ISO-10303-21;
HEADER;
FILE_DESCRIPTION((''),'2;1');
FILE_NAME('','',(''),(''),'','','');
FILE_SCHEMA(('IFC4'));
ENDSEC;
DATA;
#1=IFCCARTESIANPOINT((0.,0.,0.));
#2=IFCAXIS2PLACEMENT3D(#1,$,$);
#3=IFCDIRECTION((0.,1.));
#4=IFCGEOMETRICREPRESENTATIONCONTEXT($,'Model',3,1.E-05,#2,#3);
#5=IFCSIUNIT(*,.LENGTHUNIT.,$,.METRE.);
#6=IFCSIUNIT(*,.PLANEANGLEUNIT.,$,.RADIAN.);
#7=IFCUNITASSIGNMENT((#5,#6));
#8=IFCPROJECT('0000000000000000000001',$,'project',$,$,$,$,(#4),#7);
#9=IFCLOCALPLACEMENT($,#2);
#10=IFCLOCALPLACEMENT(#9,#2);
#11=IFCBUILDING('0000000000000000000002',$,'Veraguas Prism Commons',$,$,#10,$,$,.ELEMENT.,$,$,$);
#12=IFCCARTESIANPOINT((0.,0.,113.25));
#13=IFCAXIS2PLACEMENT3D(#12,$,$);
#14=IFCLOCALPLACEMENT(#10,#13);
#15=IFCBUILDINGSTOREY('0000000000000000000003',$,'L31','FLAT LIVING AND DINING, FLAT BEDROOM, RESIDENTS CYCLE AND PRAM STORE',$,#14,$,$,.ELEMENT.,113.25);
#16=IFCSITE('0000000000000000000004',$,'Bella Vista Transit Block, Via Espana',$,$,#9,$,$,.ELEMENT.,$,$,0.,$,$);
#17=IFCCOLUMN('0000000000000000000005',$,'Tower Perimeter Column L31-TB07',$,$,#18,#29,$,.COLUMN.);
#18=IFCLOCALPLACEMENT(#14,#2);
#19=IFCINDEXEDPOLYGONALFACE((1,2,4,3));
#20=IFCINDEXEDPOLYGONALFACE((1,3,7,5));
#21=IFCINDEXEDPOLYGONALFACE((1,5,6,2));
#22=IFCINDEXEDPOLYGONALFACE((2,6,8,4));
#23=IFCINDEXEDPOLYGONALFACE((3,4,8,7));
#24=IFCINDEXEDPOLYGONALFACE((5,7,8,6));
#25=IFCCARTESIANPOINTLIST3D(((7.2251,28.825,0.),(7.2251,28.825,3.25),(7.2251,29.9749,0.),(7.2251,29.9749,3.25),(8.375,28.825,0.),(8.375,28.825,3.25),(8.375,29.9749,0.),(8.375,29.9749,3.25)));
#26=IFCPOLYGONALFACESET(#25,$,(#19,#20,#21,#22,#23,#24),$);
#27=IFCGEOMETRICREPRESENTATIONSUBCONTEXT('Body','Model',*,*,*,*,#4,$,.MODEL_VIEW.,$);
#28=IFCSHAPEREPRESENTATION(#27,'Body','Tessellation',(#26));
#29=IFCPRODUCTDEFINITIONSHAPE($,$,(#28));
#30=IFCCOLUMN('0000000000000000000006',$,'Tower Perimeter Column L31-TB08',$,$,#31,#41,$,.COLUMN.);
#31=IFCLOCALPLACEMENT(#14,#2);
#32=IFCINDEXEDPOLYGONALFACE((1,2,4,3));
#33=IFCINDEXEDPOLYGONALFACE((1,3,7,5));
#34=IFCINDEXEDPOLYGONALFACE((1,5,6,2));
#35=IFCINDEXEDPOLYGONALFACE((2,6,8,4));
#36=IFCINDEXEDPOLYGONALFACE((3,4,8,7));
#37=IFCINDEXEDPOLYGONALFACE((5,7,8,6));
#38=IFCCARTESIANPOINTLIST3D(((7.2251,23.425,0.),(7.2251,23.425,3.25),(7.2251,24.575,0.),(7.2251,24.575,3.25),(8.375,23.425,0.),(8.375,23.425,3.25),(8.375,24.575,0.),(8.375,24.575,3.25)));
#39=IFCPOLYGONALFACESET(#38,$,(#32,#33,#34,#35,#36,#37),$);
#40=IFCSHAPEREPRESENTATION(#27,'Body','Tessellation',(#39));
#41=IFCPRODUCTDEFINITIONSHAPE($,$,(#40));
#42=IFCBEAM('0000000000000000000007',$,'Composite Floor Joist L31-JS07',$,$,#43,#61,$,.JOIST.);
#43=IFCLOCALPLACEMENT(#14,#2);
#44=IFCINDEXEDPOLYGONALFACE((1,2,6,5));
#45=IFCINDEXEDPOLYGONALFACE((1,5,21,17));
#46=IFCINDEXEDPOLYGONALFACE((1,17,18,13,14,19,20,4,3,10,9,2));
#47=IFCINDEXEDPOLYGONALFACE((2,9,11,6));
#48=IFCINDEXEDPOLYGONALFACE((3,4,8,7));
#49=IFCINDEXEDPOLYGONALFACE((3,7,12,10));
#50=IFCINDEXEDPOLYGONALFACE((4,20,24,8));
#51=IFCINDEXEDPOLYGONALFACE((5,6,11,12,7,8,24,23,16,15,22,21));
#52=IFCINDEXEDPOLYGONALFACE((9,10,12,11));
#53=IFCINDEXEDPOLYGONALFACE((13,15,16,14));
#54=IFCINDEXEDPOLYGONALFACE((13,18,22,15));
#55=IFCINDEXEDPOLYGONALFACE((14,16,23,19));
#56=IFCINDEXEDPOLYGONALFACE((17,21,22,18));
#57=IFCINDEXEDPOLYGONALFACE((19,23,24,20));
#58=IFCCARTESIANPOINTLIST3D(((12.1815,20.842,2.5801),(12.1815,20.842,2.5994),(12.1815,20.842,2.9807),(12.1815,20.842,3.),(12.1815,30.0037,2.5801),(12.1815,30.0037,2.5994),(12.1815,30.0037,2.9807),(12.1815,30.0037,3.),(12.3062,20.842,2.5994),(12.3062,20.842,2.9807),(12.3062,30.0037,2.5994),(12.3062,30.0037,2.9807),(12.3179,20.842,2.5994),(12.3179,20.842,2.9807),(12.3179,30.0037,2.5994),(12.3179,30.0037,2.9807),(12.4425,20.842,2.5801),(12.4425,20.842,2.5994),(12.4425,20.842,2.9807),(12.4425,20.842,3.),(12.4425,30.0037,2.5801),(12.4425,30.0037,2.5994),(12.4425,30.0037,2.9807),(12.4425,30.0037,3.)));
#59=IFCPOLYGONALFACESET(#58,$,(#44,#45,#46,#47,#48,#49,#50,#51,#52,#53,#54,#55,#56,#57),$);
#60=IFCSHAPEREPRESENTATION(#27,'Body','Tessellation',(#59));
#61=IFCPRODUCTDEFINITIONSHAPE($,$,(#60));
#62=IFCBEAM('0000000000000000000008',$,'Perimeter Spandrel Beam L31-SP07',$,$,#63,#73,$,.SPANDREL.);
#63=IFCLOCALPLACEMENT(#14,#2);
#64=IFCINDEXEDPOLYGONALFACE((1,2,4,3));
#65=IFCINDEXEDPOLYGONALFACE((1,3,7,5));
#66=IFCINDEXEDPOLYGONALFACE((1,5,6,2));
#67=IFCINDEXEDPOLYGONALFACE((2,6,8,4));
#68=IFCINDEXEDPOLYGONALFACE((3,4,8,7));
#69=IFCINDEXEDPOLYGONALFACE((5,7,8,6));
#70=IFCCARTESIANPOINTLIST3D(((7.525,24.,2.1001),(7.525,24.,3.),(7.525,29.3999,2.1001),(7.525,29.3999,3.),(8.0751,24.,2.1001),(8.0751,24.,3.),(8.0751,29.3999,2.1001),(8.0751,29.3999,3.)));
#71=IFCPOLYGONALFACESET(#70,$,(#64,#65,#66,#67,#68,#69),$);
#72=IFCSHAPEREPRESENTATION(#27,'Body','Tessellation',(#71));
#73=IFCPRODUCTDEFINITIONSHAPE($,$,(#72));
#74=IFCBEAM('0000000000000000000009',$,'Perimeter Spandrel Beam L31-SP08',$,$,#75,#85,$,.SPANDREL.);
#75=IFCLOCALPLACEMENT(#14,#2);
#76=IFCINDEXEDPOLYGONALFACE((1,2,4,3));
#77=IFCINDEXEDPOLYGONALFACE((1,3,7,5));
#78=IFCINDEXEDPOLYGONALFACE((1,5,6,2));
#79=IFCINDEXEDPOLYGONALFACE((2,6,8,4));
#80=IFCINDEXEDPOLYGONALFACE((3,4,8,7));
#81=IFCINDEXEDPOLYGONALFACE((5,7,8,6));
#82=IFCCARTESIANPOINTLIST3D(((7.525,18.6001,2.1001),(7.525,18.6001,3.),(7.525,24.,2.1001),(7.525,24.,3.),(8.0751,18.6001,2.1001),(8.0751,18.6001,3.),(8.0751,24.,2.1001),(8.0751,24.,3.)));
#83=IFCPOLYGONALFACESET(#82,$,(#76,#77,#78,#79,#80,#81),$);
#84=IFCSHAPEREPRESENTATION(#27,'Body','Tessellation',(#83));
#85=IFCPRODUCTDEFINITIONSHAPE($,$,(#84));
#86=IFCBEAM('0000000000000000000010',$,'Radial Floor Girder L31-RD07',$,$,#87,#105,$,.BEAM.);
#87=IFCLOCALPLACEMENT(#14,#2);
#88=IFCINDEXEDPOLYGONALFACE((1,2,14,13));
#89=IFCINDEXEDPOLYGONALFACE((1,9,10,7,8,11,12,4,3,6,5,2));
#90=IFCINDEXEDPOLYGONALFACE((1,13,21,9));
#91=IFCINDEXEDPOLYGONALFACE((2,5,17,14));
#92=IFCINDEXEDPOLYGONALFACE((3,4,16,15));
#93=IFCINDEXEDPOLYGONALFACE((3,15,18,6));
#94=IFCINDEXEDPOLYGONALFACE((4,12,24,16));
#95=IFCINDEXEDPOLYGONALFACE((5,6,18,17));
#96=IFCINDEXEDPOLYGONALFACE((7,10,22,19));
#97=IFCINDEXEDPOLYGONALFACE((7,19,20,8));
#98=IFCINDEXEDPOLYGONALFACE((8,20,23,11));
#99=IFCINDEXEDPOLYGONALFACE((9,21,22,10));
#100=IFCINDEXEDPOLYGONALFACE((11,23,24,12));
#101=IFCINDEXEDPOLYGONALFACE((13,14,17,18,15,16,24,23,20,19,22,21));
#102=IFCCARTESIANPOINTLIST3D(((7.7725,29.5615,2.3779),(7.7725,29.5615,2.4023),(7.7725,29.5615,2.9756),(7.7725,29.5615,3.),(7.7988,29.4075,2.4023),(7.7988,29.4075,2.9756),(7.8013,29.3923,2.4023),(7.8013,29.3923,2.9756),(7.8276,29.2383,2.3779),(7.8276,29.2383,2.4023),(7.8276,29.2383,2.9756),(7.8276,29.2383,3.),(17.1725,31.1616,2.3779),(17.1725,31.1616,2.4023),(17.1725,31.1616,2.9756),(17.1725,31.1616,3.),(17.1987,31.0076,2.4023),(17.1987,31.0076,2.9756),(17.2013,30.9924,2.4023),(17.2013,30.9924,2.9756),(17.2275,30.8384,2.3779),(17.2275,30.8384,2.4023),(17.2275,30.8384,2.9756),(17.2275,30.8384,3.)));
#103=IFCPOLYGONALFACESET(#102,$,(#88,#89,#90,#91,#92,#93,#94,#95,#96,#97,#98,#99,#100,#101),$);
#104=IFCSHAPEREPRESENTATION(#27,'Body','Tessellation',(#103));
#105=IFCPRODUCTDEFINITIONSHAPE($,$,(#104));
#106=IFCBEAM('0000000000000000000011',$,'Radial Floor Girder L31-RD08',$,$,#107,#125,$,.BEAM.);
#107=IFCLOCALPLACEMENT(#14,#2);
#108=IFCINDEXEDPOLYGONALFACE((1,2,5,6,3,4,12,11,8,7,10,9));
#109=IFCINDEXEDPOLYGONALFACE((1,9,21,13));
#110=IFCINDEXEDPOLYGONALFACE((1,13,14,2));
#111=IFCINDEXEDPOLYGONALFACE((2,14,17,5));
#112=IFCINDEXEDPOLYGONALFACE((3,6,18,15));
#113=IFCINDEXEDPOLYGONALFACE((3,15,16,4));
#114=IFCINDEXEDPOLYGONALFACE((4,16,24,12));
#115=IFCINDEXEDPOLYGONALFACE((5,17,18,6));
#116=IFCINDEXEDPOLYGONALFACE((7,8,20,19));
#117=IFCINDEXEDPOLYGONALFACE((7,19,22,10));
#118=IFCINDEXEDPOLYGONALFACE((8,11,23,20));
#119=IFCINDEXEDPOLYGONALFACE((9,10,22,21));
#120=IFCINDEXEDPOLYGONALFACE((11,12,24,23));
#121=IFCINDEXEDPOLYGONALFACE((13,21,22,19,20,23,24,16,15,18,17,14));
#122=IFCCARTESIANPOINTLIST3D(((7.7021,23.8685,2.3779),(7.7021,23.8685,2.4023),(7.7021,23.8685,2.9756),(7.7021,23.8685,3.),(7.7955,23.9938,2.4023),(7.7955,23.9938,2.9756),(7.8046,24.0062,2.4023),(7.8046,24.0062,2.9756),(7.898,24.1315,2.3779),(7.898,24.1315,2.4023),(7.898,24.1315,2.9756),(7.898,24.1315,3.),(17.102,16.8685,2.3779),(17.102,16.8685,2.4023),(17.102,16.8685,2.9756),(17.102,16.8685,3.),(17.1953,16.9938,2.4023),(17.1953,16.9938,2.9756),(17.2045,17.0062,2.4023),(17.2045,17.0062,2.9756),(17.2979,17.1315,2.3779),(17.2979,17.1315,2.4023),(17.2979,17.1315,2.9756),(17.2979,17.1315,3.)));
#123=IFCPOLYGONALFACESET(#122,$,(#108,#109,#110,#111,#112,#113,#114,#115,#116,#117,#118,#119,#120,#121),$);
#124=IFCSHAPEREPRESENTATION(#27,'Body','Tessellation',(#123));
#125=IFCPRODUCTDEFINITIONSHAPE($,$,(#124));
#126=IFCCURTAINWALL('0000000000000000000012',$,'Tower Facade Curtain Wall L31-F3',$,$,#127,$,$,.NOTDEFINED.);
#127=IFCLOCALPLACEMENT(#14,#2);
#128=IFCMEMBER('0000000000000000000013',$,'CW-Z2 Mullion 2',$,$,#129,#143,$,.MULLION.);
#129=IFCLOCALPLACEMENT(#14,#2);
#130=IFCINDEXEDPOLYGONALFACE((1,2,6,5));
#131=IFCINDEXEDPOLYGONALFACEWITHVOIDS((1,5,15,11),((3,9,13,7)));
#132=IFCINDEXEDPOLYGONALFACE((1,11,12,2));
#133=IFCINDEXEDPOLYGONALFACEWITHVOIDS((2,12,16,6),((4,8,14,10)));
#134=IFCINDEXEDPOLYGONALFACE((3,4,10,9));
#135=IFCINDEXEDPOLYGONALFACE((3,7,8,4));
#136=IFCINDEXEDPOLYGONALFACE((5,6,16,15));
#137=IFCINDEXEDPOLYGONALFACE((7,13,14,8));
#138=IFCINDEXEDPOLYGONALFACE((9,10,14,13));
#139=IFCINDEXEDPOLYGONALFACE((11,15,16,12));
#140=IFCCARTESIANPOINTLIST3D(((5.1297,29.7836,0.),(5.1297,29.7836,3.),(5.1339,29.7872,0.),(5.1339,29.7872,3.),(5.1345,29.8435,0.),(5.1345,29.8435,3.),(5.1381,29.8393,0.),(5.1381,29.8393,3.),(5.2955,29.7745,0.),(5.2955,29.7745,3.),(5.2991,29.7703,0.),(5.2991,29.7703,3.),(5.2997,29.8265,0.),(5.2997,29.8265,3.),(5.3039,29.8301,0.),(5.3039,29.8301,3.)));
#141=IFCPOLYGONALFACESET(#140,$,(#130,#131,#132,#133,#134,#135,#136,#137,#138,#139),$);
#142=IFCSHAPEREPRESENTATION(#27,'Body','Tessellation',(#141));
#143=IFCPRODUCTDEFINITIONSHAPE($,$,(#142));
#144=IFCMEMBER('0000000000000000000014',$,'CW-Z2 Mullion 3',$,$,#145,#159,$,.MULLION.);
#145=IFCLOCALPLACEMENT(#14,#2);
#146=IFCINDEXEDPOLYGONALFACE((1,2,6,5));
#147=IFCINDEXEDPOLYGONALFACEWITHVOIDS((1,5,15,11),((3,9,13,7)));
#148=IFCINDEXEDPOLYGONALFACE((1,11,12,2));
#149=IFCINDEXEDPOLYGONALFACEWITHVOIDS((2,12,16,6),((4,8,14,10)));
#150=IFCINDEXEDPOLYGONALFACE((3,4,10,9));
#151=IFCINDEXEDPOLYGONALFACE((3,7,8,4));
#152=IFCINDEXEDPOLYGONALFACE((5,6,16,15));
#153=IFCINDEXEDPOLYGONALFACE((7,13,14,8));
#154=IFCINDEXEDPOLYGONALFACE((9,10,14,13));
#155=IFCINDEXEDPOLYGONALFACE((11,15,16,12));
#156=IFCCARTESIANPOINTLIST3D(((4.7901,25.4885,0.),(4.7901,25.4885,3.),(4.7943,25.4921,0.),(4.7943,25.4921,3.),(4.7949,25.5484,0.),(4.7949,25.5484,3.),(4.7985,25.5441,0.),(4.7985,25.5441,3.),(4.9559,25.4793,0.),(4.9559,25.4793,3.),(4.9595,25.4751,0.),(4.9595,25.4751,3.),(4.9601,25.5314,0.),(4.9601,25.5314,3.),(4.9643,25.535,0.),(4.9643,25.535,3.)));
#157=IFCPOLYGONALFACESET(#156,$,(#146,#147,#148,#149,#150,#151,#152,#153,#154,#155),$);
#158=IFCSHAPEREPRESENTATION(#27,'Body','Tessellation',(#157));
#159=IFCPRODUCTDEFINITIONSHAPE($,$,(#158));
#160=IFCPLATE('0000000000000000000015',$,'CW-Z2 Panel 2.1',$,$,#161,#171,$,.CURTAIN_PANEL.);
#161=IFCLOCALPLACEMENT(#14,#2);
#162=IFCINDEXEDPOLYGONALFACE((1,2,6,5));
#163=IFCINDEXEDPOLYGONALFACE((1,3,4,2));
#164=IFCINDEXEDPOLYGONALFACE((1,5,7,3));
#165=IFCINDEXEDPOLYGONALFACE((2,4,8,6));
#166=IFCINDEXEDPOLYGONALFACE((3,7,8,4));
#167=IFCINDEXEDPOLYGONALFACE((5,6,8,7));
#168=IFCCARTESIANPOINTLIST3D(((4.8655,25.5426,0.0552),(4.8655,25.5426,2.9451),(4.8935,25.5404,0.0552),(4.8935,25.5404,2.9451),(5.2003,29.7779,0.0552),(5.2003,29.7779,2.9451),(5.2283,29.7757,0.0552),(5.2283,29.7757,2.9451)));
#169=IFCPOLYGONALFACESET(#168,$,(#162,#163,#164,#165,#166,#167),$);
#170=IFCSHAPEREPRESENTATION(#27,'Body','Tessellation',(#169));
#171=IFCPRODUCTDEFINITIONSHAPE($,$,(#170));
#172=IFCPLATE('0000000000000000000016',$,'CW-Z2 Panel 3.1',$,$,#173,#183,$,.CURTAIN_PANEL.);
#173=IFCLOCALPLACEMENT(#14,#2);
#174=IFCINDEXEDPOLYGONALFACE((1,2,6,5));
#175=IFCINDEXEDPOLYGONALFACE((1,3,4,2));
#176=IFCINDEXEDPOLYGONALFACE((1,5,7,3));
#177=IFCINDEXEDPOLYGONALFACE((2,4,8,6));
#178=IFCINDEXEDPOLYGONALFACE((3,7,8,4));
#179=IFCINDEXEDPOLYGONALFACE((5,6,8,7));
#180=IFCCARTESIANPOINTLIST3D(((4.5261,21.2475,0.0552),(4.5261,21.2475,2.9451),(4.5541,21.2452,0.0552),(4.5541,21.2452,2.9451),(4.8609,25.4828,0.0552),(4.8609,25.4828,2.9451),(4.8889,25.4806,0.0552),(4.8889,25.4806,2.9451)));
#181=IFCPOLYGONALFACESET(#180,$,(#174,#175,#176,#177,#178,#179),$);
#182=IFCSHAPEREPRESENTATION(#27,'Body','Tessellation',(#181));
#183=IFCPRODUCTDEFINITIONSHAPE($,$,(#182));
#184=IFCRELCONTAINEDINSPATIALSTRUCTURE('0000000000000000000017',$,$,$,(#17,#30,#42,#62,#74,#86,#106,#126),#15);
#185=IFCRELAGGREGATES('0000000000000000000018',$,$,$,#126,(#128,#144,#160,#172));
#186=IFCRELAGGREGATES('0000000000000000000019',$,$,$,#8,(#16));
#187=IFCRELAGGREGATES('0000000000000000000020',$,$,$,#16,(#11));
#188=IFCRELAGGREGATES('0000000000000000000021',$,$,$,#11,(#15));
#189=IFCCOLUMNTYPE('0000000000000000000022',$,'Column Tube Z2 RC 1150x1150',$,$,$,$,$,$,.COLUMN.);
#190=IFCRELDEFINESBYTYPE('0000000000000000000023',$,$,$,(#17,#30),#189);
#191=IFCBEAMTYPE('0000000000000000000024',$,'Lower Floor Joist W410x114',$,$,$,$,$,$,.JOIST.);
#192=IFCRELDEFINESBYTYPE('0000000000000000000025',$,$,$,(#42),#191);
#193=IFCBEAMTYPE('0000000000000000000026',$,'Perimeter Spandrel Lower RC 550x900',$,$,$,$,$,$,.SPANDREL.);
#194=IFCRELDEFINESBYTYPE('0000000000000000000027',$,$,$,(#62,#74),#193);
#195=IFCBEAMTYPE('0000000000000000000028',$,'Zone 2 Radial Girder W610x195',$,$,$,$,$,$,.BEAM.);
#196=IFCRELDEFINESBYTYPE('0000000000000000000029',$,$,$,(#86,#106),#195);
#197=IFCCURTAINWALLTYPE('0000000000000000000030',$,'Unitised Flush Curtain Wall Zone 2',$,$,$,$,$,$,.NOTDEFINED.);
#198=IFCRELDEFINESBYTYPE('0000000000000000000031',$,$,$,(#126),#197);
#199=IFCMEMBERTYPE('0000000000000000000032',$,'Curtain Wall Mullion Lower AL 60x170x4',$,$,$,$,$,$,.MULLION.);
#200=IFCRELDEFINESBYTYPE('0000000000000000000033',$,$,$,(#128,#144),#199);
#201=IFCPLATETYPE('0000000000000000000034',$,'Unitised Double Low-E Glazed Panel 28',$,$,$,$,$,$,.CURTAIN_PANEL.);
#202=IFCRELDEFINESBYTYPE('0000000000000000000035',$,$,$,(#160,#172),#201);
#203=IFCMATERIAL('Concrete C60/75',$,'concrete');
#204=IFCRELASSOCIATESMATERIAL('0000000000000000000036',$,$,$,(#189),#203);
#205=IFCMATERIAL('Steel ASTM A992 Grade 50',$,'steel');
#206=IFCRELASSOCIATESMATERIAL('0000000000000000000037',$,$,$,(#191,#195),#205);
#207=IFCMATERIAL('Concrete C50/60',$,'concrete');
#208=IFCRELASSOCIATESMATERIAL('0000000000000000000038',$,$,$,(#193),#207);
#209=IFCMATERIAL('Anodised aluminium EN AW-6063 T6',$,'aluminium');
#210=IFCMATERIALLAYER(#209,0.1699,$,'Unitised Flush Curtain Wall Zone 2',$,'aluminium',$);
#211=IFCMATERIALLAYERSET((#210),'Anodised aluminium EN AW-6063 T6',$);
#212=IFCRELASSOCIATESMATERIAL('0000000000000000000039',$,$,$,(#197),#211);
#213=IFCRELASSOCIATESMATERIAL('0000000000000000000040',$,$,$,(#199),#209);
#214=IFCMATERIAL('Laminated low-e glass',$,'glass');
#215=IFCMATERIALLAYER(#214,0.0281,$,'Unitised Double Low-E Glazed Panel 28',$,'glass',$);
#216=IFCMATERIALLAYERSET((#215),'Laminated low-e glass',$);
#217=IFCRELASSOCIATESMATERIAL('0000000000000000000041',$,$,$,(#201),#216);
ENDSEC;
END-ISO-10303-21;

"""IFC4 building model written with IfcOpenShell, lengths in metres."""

from ifc_helpers import new_model, si_unit, direction, frame, origin, origin_2d, place, context, subcontext, project, spatial, rectangle, hollow_rectangle, i_section, extrude, source, transform, mapped, material, layer, layer_set, material_profile, profile_set, type_object, element, aggregate, save


model = new_model("IFC4")

# Units and contexts
model_context = context("Model", 3, precision=1e-05, world=origin(), true_north=direction((0.0, 1.0)))
body_context = subcontext(model_context, "Body", "Model", "MODEL_VIEW")
ifc_project = project(units=[si_unit("LENGTHUNIT", "METRE"), si_unit("PLANEANGLEUNIT", "RADIAN")], contexts=[model_context])

# Site, building, storey
site_placement = place(None, origin())
site = spatial("IfcSite", under=ifc_project, at=site_placement, Name="Bella Vista Transit Block, Via Espana", CompositionType="ELEMENT", RefElevation=0.0)
building_placement = place(site_placement, origin())
building = spatial("IfcBuilding", under=site, at=building_placement, Name="Veraguas Prism Commons", CompositionType="ELEMENT")
storey_placement = place(building_placement, frame((0.0, 0.0, 113.25)))
storey = spatial("IfcBuildingStorey", under=building, at=storey_placement, Name="L31", Description="FLAT LIVING AND DINING, FLAT BEDROOM, RESIDENTS CYCLE AND PRAM STORE", CompositionType="ELEMENT", Elevation=113.25)

# Columns
ifc_material_1 = material(Name="Concrete C60/75", Category="concrete")
ifc_material_profile_1 = material_profile(ifc_material_1, rectangle(XDim=1.1499, YDim=1.1499, at=origin_2d()), Name="RC1150X1150")
ifc_profile_set_1 = profile_set([ifc_material_profile_1], Name="Concrete C60/75")
column_type = type_object("IfcColumnType", Name="Column Tube Z2 RC 1150x1150", PredefinedType="COLUMN", material=ifc_profile_set_1)
for number, where, z_axis, x_axis, name in (
    (1, (7.8, 29.3999, 0.0), (0.0, 0.0, 1.0), (1.0, 0.0, 0.0), "Tower Perimeter Column L31-TB07"),
    (2, (7.8, 24.0, 0.0), (0.0, 0.0, 1.0), (1.0, 0.0, 0.0), "Tower Perimeter Column L31-TB08"),
):
    element("IfcColumn", number, at=place(storey_placement, frame(where, z_axis=z_axis, x_axis=x_axis)), inside=storey, type_object=column_type, Name=name, PredefinedType="COLUMN", context=body_context, shape_type="SweptSolid", body=[
        extrude(rectangle(XDim=1.1499, YDim=1.1499, at=origin_2d()), origin(), (0.0, 0.0, 1.0), 3.25),
    ])

# Beams
ifc_material_2 = material(Name="Steel ASTM A992 Grade 50", Category="steel")
ifc_material_profile_2 = material_profile(ifc_material_2, i_section(OverallWidth=0.261, OverallDepth=0.4199, WebThickness=0.0117, FlangeThickness=0.0193, at=origin_2d()), Name="W410X114")
ifc_profile_set_2 = profile_set([ifc_material_profile_2], Name="Steel ASTM A992 Grade 50")
beam_type_1 = type_object("IfcBeamType", Name="Lower Floor Joist W410x114", PredefinedType="JOIST", material=ifc_profile_set_2)
beam_1_placement = place(storey_placement, frame((12.312, 30.0037, 2.79), z_axis=(0.0, -1.0, 0.0), x_axis=(1.0, 0.0, 0.0)))
element("IfcBeam", 3, at=beam_1_placement, inside=storey, type_object=beam_type_1, Name="Composite Floor Joist L31-JS07", PredefinedType="JOIST", context=body_context, shape_type="SweptSolid", body=[
    extrude(i_section(OverallWidth=0.261, OverallDepth=0.4199, WebThickness=0.0117, FlangeThickness=0.0193, at=origin_2d()), origin(), (0.0, 0.0, 1.0), 9.1616),
])
ifc_material_3 = material(Name="Concrete C50/60", Category="concrete")
ifc_material_profile_3 = material_profile(ifc_material_3, rectangle(XDim=0.55, YDim=0.8999, at=origin_2d()), Name="RC550X900")
ifc_profile_set_3 = profile_set([ifc_material_profile_3], Name="Concrete C50/60")
beam_type_2 = type_object("IfcBeamType", Name="Perimeter Spandrel Lower RC 550x900", PredefinedType="SPANDREL", material=ifc_profile_set_3)
for number, where, z_axis, x_axis, name in (
    (4, (7.8, 29.3999, 2.55), (0.0, -1.0, 0.0), (1.0, 0.0, 0.0), "Perimeter Spandrel Beam L31-SP07"),
    (5, (7.8, 24.0, 2.55), (0.0, -1.0, 0.0), (1.0, 0.0, 0.0), "Perimeter Spandrel Beam L31-SP08"),
):
    element("IfcBeam", number, at=place(storey_placement, frame(where, z_axis=z_axis, x_axis=x_axis)), inside=storey, type_object=beam_type_2, Name=name, PredefinedType="SPANDREL", context=body_context, shape_type="SweptSolid", body=[
        extrude(rectangle(XDim=0.55, YDim=0.8999, at=origin_2d()), origin(), (0.0, 0.0, 1.0), 5.3999),
    ])
ifc_material_profile_4 = material_profile(ifc_material_2, i_section(OverallWidth=0.3279, OverallDepth=0.6221, WebThickness=0.0154, FlangeThickness=0.0244, at=origin_2d()), Name="W610X195")
ifc_profile_set_4 = profile_set([ifc_material_profile_4], Name="Steel ASTM A992 Grade 50")
beam_type_3 = type_object("IfcBeamType", Name="Zone 2 Radial Girder W610x195", PredefinedType="BEAM", material=ifc_profile_set_4)
beam_2_placement = place(storey_placement, frame((7.8, 29.3999, 2.689), z_axis=(0.985819, 0.167811, 0.0), x_axis=(-0.167811, 0.985819, 0.0)))
element("IfcBeam", 6, at=beam_2_placement, inside=storey, type_object=beam_type_3, Name="Radial Floor Girder L31-RD07", PredefinedType="BEAM", context=body_context, shape_type="SweptSolid", body=[
    extrude(i_section(OverallWidth=0.3279, OverallDepth=0.6221, WebThickness=0.0154, FlangeThickness=0.0244, at=origin_2d()), origin(), (0.0, 0.0, 1.0), 9.5352),
])
beam_3_placement = place(storey_placement, frame((7.8, 24.0, 2.689), z_axis=(0.80204, -0.59727, 0.0), x_axis=(0.59727, 0.80204, 0.0)))
element("IfcBeam", 7, at=beam_3_placement, inside=storey, type_object=beam_type_3, Name="Radial Floor Girder L31-RD08", PredefinedType="BEAM", context=body_context, shape_type="SweptSolid", body=[
    extrude(i_section(OverallWidth=0.3279, OverallDepth=0.6221, WebThickness=0.0154, FlangeThickness=0.0244, at=origin_2d()), origin(), (0.0, 0.0, 1.0), 11.72),
])

# Curtain wall, members, plates
ifc_material_4 = material(Name="Anodised aluminium EN AW-6063 T6", Category="aluminium")
ifc_layer_1 = layer(ifc_material_4, 0.1699, Name="Unitised Flush Curtain Wall Zone 2", Category="aluminium")
ifc_layer_set_1 = layer_set([ifc_layer_1], Name="Anodised aluminium EN AW-6063 T6")
curtain_wall_type = type_object("IfcCurtainWallType", Name="Unitised Flush Curtain Wall Zone 2", PredefinedType="NOTDEFINED", material=ifc_layer_set_1)
curtain_wall_placement = place(storey_placement, origin())
curtain_wall = element("IfcCurtainWall", 8, at=curtain_wall_placement, inside=storey, type_object=curtain_wall_type, Name="Tower Facade Curtain Wall L31-F3", PredefinedType="NOTDEFINED")
ifc_material_profile_5 = material_profile(ifc_material_4, hollow_rectangle(XDim=0.0601, YDim=0.1699, WallThickness=0.0039, at=origin_2d()), Name="AL60X170X4")
ifc_profile_set_5 = profile_set([ifc_material_profile_5], Name="Anodised aluminium EN AW-6063 T6")
member_type = type_object("IfcMemberType", Name="Curtain Wall Mullion Lower AL 60x170x4", PredefinedType="MULLION", material=ifc_profile_set_5)
shared_shape_1 = source(origin(), body_context, "Body", "SweptSolid", [
    extrude(hollow_rectangle(XDim=0.0601, YDim=0.1699, WallThickness=0.0039, at=origin_2d()), origin(), (0.0, 0.0, 1.0), 3.0),
])
member_1_placement = place(storey_placement, frame((5.2168, 29.8069, 0.0), z_axis=(0.0, 0.0, 1.0), x_axis=(-0.078807, -0.99689, 0.0)))
member_1 = element("IfcMember", 9, at=member_1_placement, type_object=member_type, Name="CW-Z2 Mullion 2", PredefinedType="MULLION", context=body_context, shape_type="MappedRepresentation", body=[
    mapped(shared_shape_1, transform((0.0, 0.0, 0.0), scale=1.0)),
])
member_2_placement = place(storey_placement, frame((4.8772, 25.5117, 0.0), z_axis=(0.0, 0.0, 1.0), x_axis=(-0.078807, -0.99689, 0.0)))
member_2 = element("IfcMember", 10, at=member_2_placement, type_object=member_type, Name="CW-Z2 Mullion 3", PredefinedType="MULLION", context=body_context, shape_type="MappedRepresentation", body=[
    mapped(shared_shape_1, transform((0.0, 0.0, 0.0), scale=1.0)),
])
ifc_material_5 = material(Name="Laminated low-e glass", Category="glass")
ifc_layer_2 = layer(ifc_material_5, 0.0281, Name="Unitised Double Low-E Glazed Panel 28", Category="glass")
ifc_layer_set_2 = layer_set([ifc_layer_2], Name="Laminated low-e glass")
plate_type = type_object("IfcPlateType", Name="Unitised Double Low-E Glazed Panel 28", PredefinedType="CURTAIN_PANEL", material=ifc_layer_set_2)
shared_shape_2 = source(origin(), body_context, "Body", "SweptSolid", [
    extrude(rectangle(XDim=4.2485, YDim=0.0281, at=origin_2d()), origin(), (0.0, 0.0, 1.0), 2.8899),
])
plate_1_placement = place(storey_placement, frame((5.0469, 27.6592, 0.0552), z_axis=(0.0, 0.0, 1.0), x_axis=(-0.078807, -0.99689, 0.0)))
plate_1 = element("IfcPlate", 11, at=plate_1_placement, type_object=plate_type, Name="CW-Z2 Panel 2.1", PredefinedType="CURTAIN_PANEL", context=body_context, shape_type="MappedRepresentation", body=[
    mapped(shared_shape_2, transform((0.0, 0.0, 0.0), scale=1.0)),
])
plate_2_placement = place(storey_placement, frame((4.7075, 23.364, 0.0552), z_axis=(0.0, 0.0, 1.0), x_axis=(-0.078807, -0.99689, 0.0)))
plate_2 = element("IfcPlate", 12, at=plate_2_placement, type_object=plate_type, Name="CW-Z2 Panel 3.1", PredefinedType="CURTAIN_PANEL", context=body_context, shape_type="MappedRepresentation", body=[
    mapped(shared_shape_2, transform((0.0, 0.0, 0.0), scale=1.0)),
])
aggregate(curtain_wall, [member_1, member_2, plate_1, plate_2])

save(model, "model.ifc")
